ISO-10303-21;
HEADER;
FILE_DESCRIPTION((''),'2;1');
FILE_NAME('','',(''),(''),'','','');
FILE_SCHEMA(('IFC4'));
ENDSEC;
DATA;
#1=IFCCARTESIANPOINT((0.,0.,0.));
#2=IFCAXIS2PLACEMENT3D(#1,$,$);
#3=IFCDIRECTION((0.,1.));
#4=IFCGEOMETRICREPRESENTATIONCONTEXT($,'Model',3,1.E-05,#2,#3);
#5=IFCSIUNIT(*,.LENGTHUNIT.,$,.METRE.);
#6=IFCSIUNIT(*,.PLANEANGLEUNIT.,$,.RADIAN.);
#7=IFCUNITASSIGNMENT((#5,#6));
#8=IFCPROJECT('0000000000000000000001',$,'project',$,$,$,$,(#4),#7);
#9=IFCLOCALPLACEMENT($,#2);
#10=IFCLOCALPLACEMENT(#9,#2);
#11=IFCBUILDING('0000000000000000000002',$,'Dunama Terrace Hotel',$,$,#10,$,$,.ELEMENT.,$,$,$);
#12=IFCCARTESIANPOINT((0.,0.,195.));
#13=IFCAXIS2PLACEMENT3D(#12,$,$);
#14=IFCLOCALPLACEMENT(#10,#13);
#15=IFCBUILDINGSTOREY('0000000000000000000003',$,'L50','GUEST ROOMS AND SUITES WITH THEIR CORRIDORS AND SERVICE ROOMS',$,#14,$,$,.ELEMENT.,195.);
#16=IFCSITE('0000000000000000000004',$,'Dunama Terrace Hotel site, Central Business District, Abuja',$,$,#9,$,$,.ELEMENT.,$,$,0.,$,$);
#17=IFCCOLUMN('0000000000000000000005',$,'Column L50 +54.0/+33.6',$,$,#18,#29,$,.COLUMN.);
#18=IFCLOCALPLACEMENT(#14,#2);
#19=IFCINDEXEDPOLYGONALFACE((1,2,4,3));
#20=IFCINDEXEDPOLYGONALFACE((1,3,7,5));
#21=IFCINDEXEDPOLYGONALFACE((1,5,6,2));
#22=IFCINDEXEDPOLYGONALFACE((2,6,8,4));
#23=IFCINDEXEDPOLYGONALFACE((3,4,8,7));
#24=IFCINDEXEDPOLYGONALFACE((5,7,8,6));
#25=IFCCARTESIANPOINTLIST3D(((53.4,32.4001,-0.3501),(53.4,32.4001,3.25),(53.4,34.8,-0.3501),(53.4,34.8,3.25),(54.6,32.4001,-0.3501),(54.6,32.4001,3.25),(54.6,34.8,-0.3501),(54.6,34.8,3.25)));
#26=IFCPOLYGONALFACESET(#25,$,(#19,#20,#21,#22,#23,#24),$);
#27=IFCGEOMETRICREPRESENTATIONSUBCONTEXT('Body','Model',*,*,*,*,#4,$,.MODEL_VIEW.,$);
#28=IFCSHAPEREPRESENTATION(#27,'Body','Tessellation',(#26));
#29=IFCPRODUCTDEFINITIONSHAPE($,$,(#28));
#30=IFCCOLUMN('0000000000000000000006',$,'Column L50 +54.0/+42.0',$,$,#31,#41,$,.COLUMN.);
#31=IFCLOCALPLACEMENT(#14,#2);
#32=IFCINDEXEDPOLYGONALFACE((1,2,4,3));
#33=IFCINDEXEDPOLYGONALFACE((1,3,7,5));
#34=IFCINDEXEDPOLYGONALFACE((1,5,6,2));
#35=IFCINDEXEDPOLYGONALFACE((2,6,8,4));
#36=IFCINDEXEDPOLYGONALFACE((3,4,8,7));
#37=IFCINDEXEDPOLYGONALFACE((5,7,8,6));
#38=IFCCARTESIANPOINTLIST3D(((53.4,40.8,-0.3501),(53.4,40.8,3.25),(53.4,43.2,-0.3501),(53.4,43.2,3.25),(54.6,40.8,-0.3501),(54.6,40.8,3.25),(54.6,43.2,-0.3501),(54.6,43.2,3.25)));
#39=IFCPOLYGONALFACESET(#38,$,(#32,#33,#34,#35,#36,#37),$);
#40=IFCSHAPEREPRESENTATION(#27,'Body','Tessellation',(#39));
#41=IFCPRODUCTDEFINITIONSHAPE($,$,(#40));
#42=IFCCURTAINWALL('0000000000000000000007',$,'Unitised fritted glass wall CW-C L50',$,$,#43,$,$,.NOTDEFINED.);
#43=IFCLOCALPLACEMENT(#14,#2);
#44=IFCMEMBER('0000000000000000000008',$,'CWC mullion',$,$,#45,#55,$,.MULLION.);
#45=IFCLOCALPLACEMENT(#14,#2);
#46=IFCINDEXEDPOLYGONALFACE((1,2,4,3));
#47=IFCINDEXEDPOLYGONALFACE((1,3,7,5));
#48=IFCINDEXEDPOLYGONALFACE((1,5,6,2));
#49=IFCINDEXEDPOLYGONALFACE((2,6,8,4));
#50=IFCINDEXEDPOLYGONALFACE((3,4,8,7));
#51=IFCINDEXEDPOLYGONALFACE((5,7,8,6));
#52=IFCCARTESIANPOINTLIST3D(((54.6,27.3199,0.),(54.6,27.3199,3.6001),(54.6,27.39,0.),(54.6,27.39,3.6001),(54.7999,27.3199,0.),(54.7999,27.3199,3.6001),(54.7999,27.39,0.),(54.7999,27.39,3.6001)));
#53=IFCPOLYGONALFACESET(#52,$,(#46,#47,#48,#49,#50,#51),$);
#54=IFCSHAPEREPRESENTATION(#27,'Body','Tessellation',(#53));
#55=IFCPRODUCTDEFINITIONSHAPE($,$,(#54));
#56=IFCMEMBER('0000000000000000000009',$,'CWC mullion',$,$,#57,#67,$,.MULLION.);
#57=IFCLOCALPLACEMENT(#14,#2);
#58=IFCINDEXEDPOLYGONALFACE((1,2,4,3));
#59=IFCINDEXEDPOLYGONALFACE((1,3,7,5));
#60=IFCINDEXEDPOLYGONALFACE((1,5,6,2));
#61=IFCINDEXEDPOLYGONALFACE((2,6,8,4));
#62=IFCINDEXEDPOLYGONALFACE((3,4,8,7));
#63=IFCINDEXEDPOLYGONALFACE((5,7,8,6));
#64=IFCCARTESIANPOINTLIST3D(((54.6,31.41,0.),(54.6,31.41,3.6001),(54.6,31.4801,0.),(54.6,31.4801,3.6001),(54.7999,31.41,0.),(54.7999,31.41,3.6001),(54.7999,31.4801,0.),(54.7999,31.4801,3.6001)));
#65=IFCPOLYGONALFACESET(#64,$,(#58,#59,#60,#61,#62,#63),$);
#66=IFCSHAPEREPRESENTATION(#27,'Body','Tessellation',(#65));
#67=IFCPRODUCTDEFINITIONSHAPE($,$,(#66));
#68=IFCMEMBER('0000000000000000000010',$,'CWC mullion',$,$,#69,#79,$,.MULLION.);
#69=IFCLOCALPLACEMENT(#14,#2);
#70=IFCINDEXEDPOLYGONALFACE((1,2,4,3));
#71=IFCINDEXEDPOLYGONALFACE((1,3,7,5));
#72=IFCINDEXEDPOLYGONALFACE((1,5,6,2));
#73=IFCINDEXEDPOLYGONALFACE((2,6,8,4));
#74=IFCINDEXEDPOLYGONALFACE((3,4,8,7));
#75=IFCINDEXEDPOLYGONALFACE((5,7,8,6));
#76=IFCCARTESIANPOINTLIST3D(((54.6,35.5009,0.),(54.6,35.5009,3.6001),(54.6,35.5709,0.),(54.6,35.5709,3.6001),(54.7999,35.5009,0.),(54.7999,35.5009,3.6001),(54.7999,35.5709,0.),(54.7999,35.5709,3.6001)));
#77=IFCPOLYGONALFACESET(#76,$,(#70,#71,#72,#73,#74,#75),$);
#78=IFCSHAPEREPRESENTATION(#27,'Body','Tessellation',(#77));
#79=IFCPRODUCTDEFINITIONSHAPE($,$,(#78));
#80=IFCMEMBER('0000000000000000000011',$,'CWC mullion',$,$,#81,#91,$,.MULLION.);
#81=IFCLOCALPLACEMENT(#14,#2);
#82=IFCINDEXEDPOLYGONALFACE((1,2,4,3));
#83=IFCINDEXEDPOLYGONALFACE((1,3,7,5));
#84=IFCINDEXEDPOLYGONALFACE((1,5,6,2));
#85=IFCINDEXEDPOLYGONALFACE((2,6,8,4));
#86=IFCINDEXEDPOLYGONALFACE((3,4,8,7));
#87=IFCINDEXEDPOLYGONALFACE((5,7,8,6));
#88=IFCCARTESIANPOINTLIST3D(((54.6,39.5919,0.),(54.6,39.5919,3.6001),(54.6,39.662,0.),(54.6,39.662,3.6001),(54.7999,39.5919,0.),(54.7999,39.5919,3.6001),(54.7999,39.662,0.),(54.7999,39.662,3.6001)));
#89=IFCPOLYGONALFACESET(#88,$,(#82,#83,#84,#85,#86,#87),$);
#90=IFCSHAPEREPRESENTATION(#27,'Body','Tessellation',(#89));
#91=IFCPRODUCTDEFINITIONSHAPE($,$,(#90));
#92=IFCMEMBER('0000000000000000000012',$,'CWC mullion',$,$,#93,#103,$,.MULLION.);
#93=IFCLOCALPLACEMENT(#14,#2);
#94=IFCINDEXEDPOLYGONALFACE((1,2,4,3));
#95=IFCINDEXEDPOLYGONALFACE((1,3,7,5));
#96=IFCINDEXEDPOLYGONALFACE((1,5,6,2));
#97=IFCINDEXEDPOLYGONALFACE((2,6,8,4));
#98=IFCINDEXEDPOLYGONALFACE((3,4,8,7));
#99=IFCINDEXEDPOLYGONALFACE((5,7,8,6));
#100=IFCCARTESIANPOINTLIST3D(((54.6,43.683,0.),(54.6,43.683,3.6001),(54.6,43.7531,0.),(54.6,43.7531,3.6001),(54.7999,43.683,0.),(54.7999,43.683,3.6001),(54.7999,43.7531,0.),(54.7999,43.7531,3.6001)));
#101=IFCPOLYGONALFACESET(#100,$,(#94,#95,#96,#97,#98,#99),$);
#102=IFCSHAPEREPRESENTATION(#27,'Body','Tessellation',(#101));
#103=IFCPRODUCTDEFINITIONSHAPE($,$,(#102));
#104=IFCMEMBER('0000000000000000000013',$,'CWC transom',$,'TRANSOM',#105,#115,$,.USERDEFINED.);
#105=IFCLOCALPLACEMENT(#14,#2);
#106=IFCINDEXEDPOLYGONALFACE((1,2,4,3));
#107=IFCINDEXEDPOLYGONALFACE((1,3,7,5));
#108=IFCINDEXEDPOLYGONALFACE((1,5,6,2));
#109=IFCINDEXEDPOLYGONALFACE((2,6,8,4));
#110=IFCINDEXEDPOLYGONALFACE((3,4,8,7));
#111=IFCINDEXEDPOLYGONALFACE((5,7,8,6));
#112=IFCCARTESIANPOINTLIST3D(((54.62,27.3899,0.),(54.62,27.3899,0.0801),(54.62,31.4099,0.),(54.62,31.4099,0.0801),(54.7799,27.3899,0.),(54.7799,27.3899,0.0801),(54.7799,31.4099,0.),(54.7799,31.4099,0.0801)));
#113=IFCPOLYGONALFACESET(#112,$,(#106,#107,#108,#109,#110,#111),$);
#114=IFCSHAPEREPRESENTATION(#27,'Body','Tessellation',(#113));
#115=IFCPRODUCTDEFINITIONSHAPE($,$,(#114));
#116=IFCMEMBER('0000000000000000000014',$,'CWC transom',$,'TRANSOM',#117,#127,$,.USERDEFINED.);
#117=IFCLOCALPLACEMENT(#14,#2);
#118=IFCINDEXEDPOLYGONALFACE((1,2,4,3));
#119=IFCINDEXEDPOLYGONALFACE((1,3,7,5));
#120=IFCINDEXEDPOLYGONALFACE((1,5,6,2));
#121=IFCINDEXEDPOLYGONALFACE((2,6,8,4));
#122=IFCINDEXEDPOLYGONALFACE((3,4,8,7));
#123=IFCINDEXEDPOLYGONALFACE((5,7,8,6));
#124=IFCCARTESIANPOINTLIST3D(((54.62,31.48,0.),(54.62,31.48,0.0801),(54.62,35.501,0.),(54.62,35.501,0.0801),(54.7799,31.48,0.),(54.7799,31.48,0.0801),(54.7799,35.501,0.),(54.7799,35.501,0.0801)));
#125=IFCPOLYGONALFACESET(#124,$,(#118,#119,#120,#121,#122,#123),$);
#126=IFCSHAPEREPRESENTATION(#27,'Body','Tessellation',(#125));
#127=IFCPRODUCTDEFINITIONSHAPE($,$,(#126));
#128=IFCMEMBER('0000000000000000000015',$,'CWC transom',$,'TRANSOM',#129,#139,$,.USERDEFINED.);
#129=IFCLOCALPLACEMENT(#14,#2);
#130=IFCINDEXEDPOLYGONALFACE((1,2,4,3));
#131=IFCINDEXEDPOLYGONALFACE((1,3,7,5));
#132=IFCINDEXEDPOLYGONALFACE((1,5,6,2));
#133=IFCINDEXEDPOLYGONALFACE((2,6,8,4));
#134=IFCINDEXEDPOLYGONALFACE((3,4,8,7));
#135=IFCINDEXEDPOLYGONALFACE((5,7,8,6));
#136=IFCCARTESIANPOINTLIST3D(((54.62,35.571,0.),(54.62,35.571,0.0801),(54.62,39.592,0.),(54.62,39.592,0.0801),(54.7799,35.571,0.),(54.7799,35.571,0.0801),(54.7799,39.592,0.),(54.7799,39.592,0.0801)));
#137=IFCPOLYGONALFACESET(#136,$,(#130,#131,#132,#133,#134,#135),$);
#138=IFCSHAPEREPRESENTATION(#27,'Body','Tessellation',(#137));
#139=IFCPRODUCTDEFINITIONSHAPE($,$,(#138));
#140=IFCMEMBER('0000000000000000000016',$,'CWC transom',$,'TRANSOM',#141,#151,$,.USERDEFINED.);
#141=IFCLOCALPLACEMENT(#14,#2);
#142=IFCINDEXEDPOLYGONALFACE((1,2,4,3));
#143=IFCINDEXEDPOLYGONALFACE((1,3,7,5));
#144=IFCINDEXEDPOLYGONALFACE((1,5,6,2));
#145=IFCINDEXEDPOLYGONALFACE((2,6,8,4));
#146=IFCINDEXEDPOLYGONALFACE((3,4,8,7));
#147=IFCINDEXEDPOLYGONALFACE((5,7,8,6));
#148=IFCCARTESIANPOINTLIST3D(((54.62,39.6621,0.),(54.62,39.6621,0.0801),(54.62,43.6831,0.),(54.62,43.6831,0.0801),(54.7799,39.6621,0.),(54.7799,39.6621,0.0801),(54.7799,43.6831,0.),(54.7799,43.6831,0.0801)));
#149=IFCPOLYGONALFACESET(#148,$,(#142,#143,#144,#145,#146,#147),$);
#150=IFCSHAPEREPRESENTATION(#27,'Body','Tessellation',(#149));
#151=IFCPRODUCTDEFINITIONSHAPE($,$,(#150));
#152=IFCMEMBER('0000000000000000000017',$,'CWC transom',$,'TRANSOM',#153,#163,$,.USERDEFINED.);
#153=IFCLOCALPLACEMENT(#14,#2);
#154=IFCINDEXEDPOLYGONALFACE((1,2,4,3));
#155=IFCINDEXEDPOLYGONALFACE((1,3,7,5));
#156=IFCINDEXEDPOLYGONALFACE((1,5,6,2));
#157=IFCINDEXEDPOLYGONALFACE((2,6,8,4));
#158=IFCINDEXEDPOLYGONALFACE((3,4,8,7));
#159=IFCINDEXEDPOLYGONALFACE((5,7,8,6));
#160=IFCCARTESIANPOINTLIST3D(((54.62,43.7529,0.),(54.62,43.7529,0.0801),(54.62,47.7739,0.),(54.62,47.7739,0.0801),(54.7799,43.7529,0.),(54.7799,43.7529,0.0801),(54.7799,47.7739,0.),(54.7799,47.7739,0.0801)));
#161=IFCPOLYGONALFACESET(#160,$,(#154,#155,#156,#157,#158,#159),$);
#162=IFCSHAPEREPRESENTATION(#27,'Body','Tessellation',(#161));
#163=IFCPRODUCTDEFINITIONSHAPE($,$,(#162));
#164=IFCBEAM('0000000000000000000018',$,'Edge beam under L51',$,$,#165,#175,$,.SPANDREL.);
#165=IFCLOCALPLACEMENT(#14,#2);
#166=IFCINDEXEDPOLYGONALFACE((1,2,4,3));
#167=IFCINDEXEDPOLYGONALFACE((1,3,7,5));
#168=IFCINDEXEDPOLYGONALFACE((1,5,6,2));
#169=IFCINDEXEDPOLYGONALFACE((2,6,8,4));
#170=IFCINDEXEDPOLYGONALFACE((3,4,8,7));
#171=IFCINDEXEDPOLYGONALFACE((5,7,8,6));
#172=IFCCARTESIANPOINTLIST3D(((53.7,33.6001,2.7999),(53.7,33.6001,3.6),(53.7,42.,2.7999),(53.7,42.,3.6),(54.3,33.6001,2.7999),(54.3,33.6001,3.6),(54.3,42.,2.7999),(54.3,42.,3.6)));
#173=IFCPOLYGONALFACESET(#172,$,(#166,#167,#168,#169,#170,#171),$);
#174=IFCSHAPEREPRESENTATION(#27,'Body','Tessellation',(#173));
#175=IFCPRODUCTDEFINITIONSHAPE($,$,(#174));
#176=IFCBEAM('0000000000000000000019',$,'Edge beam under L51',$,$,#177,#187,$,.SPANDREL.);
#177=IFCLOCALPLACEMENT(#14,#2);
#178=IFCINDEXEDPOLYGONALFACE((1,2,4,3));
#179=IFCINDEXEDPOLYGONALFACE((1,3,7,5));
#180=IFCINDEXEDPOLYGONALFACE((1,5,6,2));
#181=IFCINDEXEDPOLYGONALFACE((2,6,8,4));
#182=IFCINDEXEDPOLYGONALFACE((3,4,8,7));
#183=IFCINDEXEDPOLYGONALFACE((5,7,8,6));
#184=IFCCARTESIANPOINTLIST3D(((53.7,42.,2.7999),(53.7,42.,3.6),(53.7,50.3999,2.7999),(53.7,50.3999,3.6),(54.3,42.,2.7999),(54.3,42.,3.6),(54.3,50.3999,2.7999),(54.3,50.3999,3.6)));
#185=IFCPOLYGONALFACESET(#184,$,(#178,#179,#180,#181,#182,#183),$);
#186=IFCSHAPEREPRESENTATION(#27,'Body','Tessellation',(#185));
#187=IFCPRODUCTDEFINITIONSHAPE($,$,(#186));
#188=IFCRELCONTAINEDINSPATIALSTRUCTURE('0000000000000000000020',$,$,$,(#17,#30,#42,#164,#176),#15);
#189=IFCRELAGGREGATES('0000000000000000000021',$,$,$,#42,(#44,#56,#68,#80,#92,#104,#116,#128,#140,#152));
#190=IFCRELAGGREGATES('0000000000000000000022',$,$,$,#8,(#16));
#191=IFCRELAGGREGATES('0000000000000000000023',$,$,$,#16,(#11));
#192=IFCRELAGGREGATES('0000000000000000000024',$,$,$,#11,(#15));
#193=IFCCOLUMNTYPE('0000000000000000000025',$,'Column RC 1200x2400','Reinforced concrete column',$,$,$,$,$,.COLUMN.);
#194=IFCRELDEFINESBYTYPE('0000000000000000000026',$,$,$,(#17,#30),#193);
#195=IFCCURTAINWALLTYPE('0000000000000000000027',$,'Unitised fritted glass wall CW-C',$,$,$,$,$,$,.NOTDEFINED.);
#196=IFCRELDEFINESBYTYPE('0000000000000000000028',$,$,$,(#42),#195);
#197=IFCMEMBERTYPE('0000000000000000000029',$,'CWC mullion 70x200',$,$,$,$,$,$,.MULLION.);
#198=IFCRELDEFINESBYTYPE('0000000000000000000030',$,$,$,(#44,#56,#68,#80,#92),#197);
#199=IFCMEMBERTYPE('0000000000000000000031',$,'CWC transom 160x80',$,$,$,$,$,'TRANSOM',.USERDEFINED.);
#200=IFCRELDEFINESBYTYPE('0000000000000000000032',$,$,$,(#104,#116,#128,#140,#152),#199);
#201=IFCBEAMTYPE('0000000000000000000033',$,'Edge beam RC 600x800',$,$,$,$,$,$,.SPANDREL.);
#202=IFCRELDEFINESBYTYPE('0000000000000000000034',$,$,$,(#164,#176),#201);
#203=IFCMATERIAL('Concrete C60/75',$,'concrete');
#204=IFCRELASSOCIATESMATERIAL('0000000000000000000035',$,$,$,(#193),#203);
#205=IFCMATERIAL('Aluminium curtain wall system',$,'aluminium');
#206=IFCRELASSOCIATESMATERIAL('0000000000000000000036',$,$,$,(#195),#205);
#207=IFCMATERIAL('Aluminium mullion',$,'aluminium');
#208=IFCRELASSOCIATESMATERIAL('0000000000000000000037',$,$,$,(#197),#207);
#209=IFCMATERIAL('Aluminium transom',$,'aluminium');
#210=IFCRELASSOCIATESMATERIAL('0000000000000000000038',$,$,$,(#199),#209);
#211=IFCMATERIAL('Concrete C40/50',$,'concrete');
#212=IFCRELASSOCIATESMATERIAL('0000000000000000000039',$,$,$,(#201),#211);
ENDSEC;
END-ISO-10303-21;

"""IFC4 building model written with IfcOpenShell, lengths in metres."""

from ifc_helpers import new_model, si_unit, direction, frame, origin, origin_2d, place, context, subcontext, project, spatial, rectangle, extrude, material, material_profile, profile_set, type_object, element, aggregate, save


model = new_model("IFC4")

# Units and contexts
model_context = context("Model", 3, precision=1e-05, world=origin(), true_north=direction((0.0, 1.0)))
body_context = subcontext(model_context, "Body", "Model", "MODEL_VIEW")
ifc_project = project(units=[si_unit("LENGTHUNIT", "METRE"), si_unit("PLANEANGLEUNIT", "RADIAN")], contexts=[model_context])

# Site, building, storey
site_placement = place(None, origin())
site = spatial("IfcSite", under=ifc_project, at=site_placement, Name="Dunama Terrace Hotel site, Central Business District, Abuja", CompositionType="ELEMENT", RefElevation=0.0)
building_placement = place(site_placement, origin())
building = spatial("IfcBuilding", under=site, at=building_placement, Name="Dunama Terrace Hotel", CompositionType="ELEMENT")
storey_placement = place(building_placement, frame((0.0, 0.0, 195.0)))
storey = spatial("IfcBuildingStorey", under=building, at=storey_placement, Name="L50", Description="GUEST ROOMS AND SUITES WITH THEIR CORRIDORS AND SERVICE ROOMS", CompositionType="ELEMENT", Elevation=195.0)

# Columns
ifc_material_1 = material(Name="Concrete C60/75", Category="concrete")
ifc_material_profile_1 = material_profile(ifc_material_1, rectangle(XDim=1.2, YDim=2.3999, at=origin_2d()), Name="RC 1200x2400")
ifc_profile_set_1 = profile_set([ifc_material_profile_1], Name="Concrete C60/75")
column_type = type_object("IfcColumnType", Name="Column RC 1200x2400", Description="Reinforced concrete column", PredefinedType="COLUMN", material=ifc_profile_set_1)
for number, where, z_axis, x_axis, name in (
    (1, (54.0, 33.6001, -0.3501), (0.0, 0.0, 1.0), (1.0, 0.0, 0.0), "Column L50 +54.0/+33.6"),
    (2, (54.0, 42.0, -0.3501), (0.0, 0.0, 1.0), (1.0, 0.0, 0.0), "Column L50 +54.0/+42.0"),
):
    element("IfcColumn", number, at=place(storey_placement, frame(where, z_axis=z_axis, x_axis=x_axis)), inside=storey, type_object=column_type, Name=name, PredefinedType="COLUMN", context=body_context, shape_type="SweptSolid", body=[
        extrude(rectangle(XDim=1.2, YDim=2.3999, at=origin_2d()), origin(), (0.0, 0.0, 1.0), 3.6001),
    ])

# Curtain wall, members
ifc_material_2 = material(Name="Aluminium curtain wall system", Category="aluminium")
curtain_wall_type = type_object("IfcCurtainWallType", Name="Unitised fritted glass wall CW-C", PredefinedType="NOTDEFINED", material=ifc_material_2)
curtain_wall_placement = place(storey_placement, origin())
curtain_wall = element("IfcCurtainWall", 3, at=curtain_wall_placement, inside=storey, type_object=curtain_wall_type, Name="Unitised fritted glass wall CW-C L50", PredefinedType="NOTDEFINED")
ifc_material_3 = material(Name="Aluminium mullion", Category="aluminium")
ifc_material_profile_2 = material_profile(ifc_material_3, rectangle(XDim=0.0701, YDim=0.2, at=origin_2d()), Name="CWC MULLION 70X200")
ifc_profile_set_2 = profile_set([ifc_material_profile_2], Name="Aluminium mullion")
member_type_1 = type_object("IfcMemberType", Name="CWC mullion 70x200", PredefinedType="MULLION", material=ifc_profile_set_2)
member_1_placement = place(storey_placement, frame((54.7, 27.355, 0.0), z_axis=(0.0, 0.0, 1.0), x_axis=(0.0, 1.0, 0.0)))
member_1 = element("IfcMember", 4, at=member_1_placement, type_object=member_type_1, Name="CWC mullion", PredefinedType="MULLION", context=body_context, shape_type="SweptSolid", body=[
    extrude(rectangle(XDim=0.0701, YDim=0.2, at=origin_2d()), origin(), (0.0, 0.0, 1.0), 3.6001),
])
member_2_placement = place(storey_placement, frame((54.7, 31.4451, 0.0), z_axis=(0.0, 0.0, 1.0), x_axis=(0.0, 1.0, 0.0)))
member_2 = element("IfcMember", 5, at=member_2_placement, type_object=member_type_1, Name="CWC mullion", PredefinedType="MULLION", context=body_context, shape_type="SweptSolid", body=[
    extrude(rectangle(XDim=0.0701, YDim=0.2, at=origin_2d()), origin(), (0.0, 0.0, 1.0), 3.6001),
])
member_3_placement = place(storey_placement, frame((54.7, 35.5359, 0.0), z_axis=(0.0, 0.0, 1.0), x_axis=(0.0, 1.0, 0.0)))
member_3 = element("IfcMember", 6, at=member_3_placement, type_object=member_type_1, Name="CWC mullion", PredefinedType="MULLION", context=body_context, shape_type="SweptSolid", body=[
    extrude(rectangle(XDim=0.0701, YDim=0.2, at=origin_2d()), origin(), (0.0, 0.0, 1.0), 3.6001),
])
member_4_placement = place(storey_placement, frame((54.7, 39.627, 0.0), z_axis=(0.0, 0.0, 1.0), x_axis=(0.0, 1.0, 0.0)))
member_4 = element("IfcMember", 7, at=member_4_placement, type_object=member_type_1, Name="CWC mullion", PredefinedType="MULLION", context=body_context, shape_type="SweptSolid", body=[
    extrude(rectangle(XDim=0.0701, YDim=0.2, at=origin_2d()), origin(), (0.0, 0.0, 1.0), 3.6001),
])
member_5_placement = place(storey_placement, frame((54.7, 43.718, 0.0), z_axis=(0.0, 0.0, 1.0), x_axis=(0.0, 1.0, 0.0)))
member_5 = element("IfcMember", 8, at=member_5_placement, type_object=member_type_1, Name="CWC mullion", PredefinedType="MULLION", context=body_context, shape_type="SweptSolid", body=[
    extrude(rectangle(XDim=0.0701, YDim=0.2, at=origin_2d()), origin(), (0.0, 0.0, 1.0), 3.6001),
])
ifc_material_4 = material(Name="Aluminium transom", Category="aluminium")
ifc_material_profile_3 = material_profile(ifc_material_4, rectangle(XDim=0.1599, YDim=0.0801, at=origin_2d()), Name="CWC TRANSOM 160X80")
ifc_profile_set_3 = profile_set([ifc_material_profile_3], Name="Aluminium transom")
member_type_2 = type_object("IfcMemberType", Name="CWC transom 160x80", ElementType="TRANSOM", PredefinedType="USERDEFINED", material=ifc_profile_set_3)
member_6_placement = place(storey_placement, frame((54.7, 27.3899, 0.04), z_axis=(0.0, 1.0, 0.0), x_axis=(-1.0, 0.0, 0.0)))
member_6 = element("IfcMember", 9, at=member_6_placement, type_object=member_type_2, Name="CWC transom", ObjectType="TRANSOM", PredefinedType="USERDEFINED", context=body_context, shape_type="SweptSolid", body=[
    extrude(rectangle(XDim=0.1599, YDim=0.0801, at=origin_2d()), origin(), (0.0, 0.0, 1.0), 4.02),
])
member_7_placement = place(storey_placement, frame((54.7, 31.48, 0.04), z_axis=(0.0, 1.0, 0.0), x_axis=(-1.0, 0.0, 0.0)))
member_7 = element("IfcMember", 10, at=member_7_placement, type_object=member_type_2, Name="CWC transom", ObjectType="TRANSOM", PredefinedType="USERDEFINED", context=body_context, shape_type="SweptSolid", body=[
    extrude(rectangle(XDim=0.1599, YDim=0.0801, at=origin_2d()), origin(), (0.0, 0.0, 1.0), 4.021),
])
member_8_placement = place(storey_placement, frame((54.7, 35.571, 0.04), z_axis=(0.0, 1.0, 0.0), x_axis=(-1.0, 0.0, 0.0)))
member_8 = element("IfcMember", 11, at=member_8_placement, type_object=member_type_2, Name="CWC transom", ObjectType="TRANSOM", PredefinedType="USERDEFINED", context=body_context, shape_type="SweptSolid", body=[
    extrude(rectangle(XDim=0.1599, YDim=0.0801, at=origin_2d()), origin(), (0.0, 0.0, 1.0), 4.021),
])
member_9_placement = place(storey_placement, frame((54.7, 39.6621, 0.04), z_axis=(0.0, 1.0, 0.0), x_axis=(-1.0, 0.0, 0.0)))
member_9 = element("IfcMember", 12, at=member_9_placement, type_object=member_type_2, Name="CWC transom", ObjectType="TRANSOM", PredefinedType="USERDEFINED", context=body_context, shape_type="SweptSolid", body=[
    extrude(rectangle(XDim=0.1599, YDim=0.0801, at=origin_2d()), origin(), (0.0, 0.0, 1.0), 4.021),
])
member_10_placement = place(storey_placement, frame((54.7, 43.7529, 0.04), z_axis=(0.0, 1.0, 0.0), x_axis=(-1.0, 0.0, 0.0)))
member_10 = element("IfcMember", 13, at=member_10_placement, type_object=member_type_2, Name="CWC transom", ObjectType="TRANSOM", PredefinedType="USERDEFINED", context=body_context, shape_type="SweptSolid", body=[
    extrude(rectangle(XDim=0.1599, YDim=0.0801, at=origin_2d()), origin(), (0.0, 0.0, 1.0), 4.021),
])

# Beams
ifc_material_5 = material(Name="Concrete C40/50", Category="concrete")
ifc_material_profile_4 = material_profile(ifc_material_5, rectangle(XDim=0.6001, YDim=0.8, at=origin_2d()), Name="RC 600x800")
ifc_profile_set_4 = profile_set([ifc_material_profile_4], Name="Concrete C40/50")
beam_type = type_object("IfcBeamType", Name="Edge beam RC 600x800", PredefinedType="SPANDREL", material=ifc_profile_set_4)
for number, where, z_axis, x_axis, name in (
    (14, (54.0, 33.6001, 3.2), (0.0, 1.0, 0.0), (-1.0, 0.0, 0.0), "Edge beam under L51"),
    (15, (54.0, 42.0, 3.2), (0.0, 1.0, 0.0), (-1.0, 0.0, 0.0), "Edge beam under L51"),
):
    element("IfcBeam", number, at=place(storey_placement, frame(where, z_axis=z_axis, x_axis=x_axis)), inside=storey, type_object=beam_type, Name=name, PredefinedType="SPANDREL", context=body_context, shape_type="SweptSolid", body=[
        extrude(rectangle(XDim=0.6001, YDim=0.8, at=origin_2d()), origin(), (0.0, 0.0, 1.0), 8.3999),
    ])

aggregate(curtain_wall, [member_1, member_2, member_3, member_4, member_5, member_6, member_7, member_8, member_9, member_10])

save(model, "model.ifc")
